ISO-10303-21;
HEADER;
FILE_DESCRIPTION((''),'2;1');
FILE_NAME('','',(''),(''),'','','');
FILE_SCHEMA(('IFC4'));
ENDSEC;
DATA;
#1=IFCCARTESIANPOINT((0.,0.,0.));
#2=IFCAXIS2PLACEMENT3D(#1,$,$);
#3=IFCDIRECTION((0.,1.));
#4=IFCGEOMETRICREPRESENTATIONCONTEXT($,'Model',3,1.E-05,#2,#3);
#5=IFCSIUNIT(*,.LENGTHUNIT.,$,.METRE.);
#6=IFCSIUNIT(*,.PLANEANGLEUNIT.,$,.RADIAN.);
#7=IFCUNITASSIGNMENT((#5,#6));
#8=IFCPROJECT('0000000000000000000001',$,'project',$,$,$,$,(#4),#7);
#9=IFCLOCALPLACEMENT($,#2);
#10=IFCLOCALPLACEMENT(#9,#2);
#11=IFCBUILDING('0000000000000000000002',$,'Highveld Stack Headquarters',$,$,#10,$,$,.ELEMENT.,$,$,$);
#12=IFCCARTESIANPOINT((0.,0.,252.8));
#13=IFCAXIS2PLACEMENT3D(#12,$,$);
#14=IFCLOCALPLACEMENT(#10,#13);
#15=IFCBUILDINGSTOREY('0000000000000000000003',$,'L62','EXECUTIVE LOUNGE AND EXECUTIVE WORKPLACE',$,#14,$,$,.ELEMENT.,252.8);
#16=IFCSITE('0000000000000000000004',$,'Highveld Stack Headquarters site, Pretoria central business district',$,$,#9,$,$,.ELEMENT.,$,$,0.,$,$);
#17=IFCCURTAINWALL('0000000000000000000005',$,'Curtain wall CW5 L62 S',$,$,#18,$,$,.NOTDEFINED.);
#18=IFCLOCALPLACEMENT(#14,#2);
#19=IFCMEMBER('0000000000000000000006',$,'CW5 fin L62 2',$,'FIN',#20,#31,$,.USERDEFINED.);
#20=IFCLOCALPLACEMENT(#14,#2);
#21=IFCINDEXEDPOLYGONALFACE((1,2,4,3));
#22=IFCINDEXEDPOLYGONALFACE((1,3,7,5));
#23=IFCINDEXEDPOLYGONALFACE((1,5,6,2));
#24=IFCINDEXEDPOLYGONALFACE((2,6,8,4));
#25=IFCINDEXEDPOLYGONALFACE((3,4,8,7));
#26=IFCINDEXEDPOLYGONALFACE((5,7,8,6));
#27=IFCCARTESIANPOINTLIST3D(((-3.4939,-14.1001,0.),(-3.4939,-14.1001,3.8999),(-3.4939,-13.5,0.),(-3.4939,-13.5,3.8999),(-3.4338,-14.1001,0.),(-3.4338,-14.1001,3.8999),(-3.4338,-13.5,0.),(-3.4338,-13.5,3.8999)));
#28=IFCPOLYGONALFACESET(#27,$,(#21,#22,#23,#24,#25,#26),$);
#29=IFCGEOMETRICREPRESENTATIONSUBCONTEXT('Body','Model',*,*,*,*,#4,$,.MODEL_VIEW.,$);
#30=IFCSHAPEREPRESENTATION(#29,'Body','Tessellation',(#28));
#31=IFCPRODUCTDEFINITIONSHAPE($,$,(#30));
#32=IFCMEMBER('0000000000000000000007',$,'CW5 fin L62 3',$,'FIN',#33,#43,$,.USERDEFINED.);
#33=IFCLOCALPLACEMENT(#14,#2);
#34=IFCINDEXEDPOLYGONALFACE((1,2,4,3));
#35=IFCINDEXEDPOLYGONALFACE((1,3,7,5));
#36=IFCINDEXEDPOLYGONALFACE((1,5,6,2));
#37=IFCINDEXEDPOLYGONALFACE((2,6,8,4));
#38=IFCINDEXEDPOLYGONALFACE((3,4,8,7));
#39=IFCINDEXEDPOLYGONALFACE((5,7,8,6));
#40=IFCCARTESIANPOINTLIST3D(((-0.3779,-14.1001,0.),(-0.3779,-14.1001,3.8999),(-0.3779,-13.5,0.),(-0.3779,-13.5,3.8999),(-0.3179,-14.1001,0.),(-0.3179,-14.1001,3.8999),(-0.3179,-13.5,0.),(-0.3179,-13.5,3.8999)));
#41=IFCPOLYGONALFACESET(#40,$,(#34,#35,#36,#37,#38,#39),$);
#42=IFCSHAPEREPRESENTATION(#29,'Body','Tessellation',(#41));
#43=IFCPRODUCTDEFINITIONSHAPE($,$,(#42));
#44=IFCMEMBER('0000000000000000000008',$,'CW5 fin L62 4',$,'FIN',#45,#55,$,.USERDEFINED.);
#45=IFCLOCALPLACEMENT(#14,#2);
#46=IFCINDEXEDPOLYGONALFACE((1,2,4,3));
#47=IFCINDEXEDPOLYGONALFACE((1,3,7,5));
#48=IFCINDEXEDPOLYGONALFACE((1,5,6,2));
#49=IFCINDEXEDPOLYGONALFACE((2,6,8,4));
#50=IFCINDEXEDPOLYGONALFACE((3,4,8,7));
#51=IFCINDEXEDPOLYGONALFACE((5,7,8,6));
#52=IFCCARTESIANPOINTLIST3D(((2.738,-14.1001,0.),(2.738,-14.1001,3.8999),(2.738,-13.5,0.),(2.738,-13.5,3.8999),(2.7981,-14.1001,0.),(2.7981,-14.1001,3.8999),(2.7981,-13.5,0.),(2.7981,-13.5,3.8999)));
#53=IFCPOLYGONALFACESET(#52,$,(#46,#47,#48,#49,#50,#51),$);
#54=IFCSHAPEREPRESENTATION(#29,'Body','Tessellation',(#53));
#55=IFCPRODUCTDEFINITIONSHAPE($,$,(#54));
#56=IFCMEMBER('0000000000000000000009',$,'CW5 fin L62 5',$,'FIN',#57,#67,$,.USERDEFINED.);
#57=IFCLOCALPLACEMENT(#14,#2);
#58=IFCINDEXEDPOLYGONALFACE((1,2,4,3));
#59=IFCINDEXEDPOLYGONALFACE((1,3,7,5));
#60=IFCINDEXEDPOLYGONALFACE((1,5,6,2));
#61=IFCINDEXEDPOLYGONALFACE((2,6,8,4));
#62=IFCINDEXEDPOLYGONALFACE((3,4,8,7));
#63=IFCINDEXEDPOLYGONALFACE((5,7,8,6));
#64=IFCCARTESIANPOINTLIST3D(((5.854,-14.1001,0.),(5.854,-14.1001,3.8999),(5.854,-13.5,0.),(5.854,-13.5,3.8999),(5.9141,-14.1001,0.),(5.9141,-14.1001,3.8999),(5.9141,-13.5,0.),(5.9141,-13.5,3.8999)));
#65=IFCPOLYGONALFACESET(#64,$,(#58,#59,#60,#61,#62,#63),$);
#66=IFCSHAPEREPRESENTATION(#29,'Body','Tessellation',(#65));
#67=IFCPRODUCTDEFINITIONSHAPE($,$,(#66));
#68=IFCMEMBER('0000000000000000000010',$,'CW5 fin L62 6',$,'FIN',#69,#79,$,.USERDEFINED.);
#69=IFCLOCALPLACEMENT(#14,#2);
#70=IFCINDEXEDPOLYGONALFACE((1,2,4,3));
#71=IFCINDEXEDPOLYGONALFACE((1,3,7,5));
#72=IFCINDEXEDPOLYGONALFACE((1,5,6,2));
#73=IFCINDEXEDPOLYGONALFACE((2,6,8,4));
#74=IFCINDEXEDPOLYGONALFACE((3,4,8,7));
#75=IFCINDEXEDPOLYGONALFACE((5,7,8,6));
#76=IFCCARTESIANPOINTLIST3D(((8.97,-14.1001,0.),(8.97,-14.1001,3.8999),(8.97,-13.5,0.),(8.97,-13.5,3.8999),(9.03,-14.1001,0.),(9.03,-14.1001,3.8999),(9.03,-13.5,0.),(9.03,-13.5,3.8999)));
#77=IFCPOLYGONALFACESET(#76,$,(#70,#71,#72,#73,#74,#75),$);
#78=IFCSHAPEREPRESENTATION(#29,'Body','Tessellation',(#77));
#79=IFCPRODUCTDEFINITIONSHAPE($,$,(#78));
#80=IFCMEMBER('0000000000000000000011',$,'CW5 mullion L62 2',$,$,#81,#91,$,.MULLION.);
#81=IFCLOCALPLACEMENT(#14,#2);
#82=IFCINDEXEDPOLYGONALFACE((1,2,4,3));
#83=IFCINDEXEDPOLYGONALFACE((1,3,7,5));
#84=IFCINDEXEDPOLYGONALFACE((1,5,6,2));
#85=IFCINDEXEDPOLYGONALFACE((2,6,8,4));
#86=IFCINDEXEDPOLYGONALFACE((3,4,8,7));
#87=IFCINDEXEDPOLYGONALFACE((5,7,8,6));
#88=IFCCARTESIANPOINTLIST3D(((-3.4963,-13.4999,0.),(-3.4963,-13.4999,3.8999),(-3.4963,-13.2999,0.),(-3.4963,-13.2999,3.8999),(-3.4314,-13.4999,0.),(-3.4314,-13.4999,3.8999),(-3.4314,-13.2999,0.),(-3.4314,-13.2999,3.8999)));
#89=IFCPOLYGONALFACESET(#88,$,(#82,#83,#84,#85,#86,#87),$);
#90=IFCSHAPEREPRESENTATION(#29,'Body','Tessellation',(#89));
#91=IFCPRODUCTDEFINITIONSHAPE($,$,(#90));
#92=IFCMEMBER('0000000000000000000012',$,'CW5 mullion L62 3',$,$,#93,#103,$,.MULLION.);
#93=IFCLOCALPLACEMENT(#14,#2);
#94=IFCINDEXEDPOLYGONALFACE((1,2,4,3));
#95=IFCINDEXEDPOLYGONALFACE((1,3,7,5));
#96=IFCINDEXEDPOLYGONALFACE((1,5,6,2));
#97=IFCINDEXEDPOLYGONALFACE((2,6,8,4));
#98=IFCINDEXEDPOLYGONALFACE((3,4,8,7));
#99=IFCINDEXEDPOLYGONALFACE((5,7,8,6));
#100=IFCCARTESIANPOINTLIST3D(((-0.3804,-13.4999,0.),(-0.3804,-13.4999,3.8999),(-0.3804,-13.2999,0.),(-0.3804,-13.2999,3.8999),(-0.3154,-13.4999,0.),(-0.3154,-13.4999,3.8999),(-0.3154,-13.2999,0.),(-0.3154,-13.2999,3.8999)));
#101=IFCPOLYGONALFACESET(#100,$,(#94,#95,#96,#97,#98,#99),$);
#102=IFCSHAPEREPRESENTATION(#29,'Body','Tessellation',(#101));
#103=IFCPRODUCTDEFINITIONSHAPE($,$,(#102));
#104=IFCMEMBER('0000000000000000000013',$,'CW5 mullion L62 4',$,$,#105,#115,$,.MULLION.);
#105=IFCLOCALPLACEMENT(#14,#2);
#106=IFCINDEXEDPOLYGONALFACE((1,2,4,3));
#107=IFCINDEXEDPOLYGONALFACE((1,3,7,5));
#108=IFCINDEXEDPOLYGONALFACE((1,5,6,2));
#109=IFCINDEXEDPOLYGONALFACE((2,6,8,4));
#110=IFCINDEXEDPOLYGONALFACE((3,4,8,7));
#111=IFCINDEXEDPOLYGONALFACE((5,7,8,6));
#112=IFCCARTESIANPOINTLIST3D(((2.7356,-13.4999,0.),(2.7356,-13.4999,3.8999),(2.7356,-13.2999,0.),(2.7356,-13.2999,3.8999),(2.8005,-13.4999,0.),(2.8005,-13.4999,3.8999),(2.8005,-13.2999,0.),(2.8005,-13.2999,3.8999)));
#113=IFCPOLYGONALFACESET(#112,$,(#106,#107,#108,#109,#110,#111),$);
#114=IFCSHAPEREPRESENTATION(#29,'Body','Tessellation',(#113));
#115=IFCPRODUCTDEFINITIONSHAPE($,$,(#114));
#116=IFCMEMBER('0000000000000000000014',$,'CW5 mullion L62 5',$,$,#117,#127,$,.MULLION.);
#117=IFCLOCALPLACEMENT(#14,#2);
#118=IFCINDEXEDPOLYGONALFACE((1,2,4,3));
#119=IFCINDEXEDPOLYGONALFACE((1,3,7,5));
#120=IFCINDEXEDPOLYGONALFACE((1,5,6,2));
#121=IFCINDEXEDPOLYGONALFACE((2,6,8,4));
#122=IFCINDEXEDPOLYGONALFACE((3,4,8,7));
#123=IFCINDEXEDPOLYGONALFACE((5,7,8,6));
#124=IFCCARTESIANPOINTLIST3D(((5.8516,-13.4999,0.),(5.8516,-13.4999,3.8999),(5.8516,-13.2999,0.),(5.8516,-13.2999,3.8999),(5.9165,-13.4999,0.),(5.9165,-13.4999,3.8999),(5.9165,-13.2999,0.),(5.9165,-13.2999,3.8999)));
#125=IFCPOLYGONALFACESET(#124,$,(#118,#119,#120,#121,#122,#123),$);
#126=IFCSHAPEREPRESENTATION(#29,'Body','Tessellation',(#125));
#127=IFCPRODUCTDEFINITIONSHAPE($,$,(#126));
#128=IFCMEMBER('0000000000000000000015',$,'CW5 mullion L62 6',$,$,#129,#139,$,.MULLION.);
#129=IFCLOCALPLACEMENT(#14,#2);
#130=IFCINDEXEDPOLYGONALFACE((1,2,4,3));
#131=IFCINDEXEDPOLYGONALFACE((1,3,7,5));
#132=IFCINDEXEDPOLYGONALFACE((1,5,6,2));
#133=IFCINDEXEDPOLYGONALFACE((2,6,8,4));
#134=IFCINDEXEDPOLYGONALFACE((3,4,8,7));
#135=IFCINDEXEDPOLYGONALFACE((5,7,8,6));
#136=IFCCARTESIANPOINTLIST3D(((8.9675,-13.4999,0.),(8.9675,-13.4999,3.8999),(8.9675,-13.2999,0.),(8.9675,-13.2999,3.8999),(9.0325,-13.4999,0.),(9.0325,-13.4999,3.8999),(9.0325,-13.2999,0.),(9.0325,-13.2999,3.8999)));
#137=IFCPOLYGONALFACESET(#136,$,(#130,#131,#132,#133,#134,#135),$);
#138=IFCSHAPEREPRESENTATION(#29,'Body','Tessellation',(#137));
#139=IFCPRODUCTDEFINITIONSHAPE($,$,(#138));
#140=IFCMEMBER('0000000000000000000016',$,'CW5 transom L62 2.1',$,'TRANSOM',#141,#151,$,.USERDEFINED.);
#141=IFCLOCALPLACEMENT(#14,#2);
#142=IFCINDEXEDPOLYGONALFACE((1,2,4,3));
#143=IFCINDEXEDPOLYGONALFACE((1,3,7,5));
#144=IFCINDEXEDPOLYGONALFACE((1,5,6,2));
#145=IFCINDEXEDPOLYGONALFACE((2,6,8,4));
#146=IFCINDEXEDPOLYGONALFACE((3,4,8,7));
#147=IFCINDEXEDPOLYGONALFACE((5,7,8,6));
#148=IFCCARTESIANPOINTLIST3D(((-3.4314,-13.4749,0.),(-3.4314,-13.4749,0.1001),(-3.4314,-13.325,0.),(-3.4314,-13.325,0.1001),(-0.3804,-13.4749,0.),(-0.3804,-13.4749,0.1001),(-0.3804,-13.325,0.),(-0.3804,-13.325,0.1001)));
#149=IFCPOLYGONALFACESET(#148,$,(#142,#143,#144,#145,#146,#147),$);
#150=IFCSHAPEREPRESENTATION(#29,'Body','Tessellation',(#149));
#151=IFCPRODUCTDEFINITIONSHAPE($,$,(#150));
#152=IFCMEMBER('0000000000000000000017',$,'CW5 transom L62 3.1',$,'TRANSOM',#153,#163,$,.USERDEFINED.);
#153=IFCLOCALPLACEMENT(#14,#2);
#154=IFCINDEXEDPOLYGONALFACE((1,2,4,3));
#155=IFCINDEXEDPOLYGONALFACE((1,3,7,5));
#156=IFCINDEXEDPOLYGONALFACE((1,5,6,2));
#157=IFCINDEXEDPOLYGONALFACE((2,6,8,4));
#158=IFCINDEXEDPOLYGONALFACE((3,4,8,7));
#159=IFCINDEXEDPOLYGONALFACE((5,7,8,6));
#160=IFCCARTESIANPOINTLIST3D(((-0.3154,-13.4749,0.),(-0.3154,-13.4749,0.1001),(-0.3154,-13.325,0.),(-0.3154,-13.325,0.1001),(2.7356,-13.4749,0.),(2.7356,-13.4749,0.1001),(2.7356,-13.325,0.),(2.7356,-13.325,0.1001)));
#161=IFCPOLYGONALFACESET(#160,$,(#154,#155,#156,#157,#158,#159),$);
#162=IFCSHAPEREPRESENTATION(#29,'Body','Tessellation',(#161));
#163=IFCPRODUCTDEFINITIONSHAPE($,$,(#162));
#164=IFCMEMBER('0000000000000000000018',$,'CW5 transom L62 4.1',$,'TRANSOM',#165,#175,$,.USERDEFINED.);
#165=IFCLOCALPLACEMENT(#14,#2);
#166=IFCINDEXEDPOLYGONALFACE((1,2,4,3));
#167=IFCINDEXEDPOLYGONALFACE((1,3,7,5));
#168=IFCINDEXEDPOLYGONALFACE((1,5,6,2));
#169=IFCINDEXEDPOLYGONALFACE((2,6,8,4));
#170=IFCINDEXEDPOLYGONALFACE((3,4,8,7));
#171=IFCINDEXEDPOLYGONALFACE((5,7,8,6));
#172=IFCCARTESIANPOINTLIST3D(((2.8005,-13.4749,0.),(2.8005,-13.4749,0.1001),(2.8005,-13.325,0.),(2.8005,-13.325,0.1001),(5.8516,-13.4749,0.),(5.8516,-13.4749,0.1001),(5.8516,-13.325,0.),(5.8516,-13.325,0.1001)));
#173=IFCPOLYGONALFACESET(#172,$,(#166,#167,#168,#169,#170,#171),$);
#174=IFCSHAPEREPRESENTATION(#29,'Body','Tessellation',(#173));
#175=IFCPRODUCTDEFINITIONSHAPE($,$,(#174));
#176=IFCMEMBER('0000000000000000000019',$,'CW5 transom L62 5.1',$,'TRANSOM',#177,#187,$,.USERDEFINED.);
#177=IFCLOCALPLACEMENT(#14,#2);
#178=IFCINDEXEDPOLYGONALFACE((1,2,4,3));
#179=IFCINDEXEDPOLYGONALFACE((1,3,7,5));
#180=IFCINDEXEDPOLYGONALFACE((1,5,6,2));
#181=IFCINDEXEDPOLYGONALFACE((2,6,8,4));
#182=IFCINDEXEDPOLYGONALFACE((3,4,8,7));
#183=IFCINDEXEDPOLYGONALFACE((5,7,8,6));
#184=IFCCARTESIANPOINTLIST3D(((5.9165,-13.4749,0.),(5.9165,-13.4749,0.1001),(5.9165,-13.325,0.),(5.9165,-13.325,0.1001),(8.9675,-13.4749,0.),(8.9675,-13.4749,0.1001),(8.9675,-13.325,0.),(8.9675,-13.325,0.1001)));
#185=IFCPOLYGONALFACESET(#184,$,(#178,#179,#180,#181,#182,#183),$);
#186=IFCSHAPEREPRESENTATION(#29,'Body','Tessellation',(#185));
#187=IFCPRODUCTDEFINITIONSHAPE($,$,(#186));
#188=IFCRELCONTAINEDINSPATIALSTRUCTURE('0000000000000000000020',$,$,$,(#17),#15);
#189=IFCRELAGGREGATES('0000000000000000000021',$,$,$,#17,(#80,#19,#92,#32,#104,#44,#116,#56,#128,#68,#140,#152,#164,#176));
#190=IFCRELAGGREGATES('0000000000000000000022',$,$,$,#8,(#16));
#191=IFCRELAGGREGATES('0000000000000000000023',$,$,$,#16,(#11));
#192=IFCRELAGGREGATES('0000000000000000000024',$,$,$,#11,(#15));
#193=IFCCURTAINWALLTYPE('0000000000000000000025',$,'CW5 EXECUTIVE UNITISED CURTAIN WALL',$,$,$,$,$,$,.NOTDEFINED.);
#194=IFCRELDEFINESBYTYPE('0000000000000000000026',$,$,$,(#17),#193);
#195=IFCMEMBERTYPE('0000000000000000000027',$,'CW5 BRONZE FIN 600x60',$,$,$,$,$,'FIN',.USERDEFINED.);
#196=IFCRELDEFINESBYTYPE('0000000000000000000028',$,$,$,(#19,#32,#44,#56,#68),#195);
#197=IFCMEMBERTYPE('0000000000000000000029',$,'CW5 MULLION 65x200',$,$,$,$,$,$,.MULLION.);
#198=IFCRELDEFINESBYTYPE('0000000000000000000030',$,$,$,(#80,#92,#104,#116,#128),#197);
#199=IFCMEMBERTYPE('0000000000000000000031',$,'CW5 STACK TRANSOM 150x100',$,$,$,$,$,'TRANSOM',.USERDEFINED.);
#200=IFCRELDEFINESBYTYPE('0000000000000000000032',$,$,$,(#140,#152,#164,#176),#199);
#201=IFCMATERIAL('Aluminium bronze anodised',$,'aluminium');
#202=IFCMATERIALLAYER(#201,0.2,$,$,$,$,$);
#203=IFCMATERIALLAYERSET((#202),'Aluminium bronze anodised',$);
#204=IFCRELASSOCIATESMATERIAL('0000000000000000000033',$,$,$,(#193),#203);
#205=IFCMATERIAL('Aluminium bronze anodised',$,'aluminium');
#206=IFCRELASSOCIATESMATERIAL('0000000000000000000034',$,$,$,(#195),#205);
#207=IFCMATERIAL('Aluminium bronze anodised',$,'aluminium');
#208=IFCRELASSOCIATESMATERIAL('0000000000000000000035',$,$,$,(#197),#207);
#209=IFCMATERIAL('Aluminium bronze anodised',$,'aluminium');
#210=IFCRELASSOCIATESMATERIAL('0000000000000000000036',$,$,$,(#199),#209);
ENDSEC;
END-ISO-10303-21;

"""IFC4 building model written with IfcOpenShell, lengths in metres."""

from ifc_helpers import new_model, si_unit, direction, frame, origin, origin_2d, place, context, subcontext, project, spatial, rectangle, extrude, material, layer, layer_set, material_profile, profile_set, type_object, element, aggregate, save


model = new_model("IFC4")

# Units and contexts
model_context = context("Model", 3, precision=1e-05, world=origin(), true_north=direction((0.0, 1.0)))
body_context = subcontext(model_context, "Body", "Model", "MODEL_VIEW")
ifc_project = project(units=[si_unit("LENGTHUNIT", "METRE"), si_unit("PLANEANGLEUNIT", "RADIAN")], contexts=[model_context])

# Site, building, storey
site_placement = place(None, origin())
site = spatial("IfcSite", under=ifc_project, at=site_placement, Name="Highveld Stack Headquarters site, Pretoria central business district", CompositionType="ELEMENT", RefElevation=0.0)
building_placement = place(site_placement, origin())
building = spatial("IfcBuilding", under=site, at=building_placement, Name="Highveld Stack Headquarters", CompositionType="ELEMENT")
storey_placement = place(building_placement, frame((0.0, 0.0, 252.8)))
storey = spatial("IfcBuildingStorey", under=building, at=storey_placement, Name="L62", Description="EXECUTIVE LOUNGE AND EXECUTIVE WORKPLACE", CompositionType="ELEMENT", Elevation=252.8)

# Curtain wall, members
ifc_material_1 = material(Name="Aluminium bronze anodised", Category="aluminium")
ifc_layer_1 = layer(ifc_material_1, 0.2)
ifc_layer_set_1 = layer_set([ifc_layer_1], Name="Aluminium bronze anodised")
curtain_wall_type = type_object("IfcCurtainWallType", Name="CW5 EXECUTIVE UNITISED CURTAIN WALL", PredefinedType="NOTDEFINED", material=ifc_layer_set_1)
curtain_wall_placement = place(storey_placement, origin())
curtain_wall = element("IfcCurtainWall", 1, at=curtain_wall_placement, inside=storey, type_object=curtain_wall_type, Name="Curtain wall CW5 L62 S", PredefinedType="NOTDEFINED")
ifc_material_2 = material(Name="Aluminium bronze anodised", Category="aluminium")
ifc_material_profile_1 = material_profile(ifc_material_2, rectangle(XDim=0.6001, YDim=0.0601, at=origin_2d()), Name="FIN 600x60")
ifc_profile_set_1 = profile_set([ifc_material_profile_1], Name="Aluminium bronze anodised")
member_type_1 = type_object("IfcMemberType", Name="CW5 BRONZE FIN 600x60", ElementType="FIN", PredefinedType="USERDEFINED", material=ifc_profile_set_1)
member_1_placement = place(storey_placement, frame((-3.4639, -13.8, 0.0), z_axis=(0.0, 0.0, 1.0), x_axis=(0.0, 1.0, 0.0)))
member_1 = element("IfcMember", 2, at=member_1_placement, type_object=member_type_1, Name="CW5 fin L62 2", ObjectType="FIN", PredefinedType="USERDEFINED", context=body_context, shape_type="SweptSolid", body=[
    extrude(rectangle(XDim=0.6001, YDim=0.0601, at=origin_2d()), origin(), (0.0, 0.0, 1.0), 3.8999),
])
member_2_placement = place(storey_placement, frame((-0.3479, -13.8, 0.0), z_axis=(0.0, 0.0, 1.0), x_axis=(0.0, 1.0, 0.0)))
member_2 = element("IfcMember", 3, at=member_2_placement, type_object=member_type_1, Name="CW5 fin L62 3", ObjectType="FIN", PredefinedType="USERDEFINED", context=body_context, shape_type="SweptSolid", body=[
    extrude(rectangle(XDim=0.6001, YDim=0.0601, at=origin_2d()), origin(), (0.0, 0.0, 1.0), 3.8999),
])
member_3_placement = place(storey_placement, frame((2.7681, -13.8, 0.0), z_axis=(0.0, 0.0, 1.0), x_axis=(0.0, 1.0, 0.0)))
member_3 = element("IfcMember", 4, at=member_3_placement, type_object=member_type_1, Name="CW5 fin L62 4", ObjectType="FIN", PredefinedType="USERDEFINED", context=body_context, shape_type="SweptSolid", body=[
    extrude(rectangle(XDim=0.6001, YDim=0.0601, at=origin_2d()), origin(), (0.0, 0.0, 1.0), 3.8999),
])
member_4_placement = place(storey_placement, frame((5.884, -13.8, 0.0), z_axis=(0.0, 0.0, 1.0), x_axis=(0.0, 1.0, 0.0)))
member_4 = element("IfcMember", 5, at=member_4_placement, type_object=member_type_1, Name="CW5 fin L62 5", ObjectType="FIN", PredefinedType="USERDEFINED", context=body_context, shape_type="SweptSolid", body=[
    extrude(rectangle(XDim=0.6001, YDim=0.0601, at=origin_2d()), origin(), (0.0, 0.0, 1.0), 3.8999),
])
member_5_placement = place(storey_placement, frame((9.0, -13.8, 0.0), z_axis=(0.0, 0.0, 1.0), x_axis=(0.0, 1.0, 0.0)))
member_5 = element("IfcMember", 6, at=member_5_placement, type_object=member_type_1, Name="CW5 fin L62 6", ObjectType="FIN", PredefinedType="USERDEFINED", context=body_context, shape_type="SweptSolid", body=[
    extrude(rectangle(XDim=0.6001, YDim=0.0601, at=origin_2d()), origin(), (0.0, 0.0, 1.0), 3.8999),
])
ifc_material_3 = material(Name="Aluminium bronze anodised", Category="aluminium")
ifc_material_profile_2 = material_profile(ifc_material_3, rectangle(XDim=0.2, YDim=0.0649, at=origin_2d()), Name="CW5 MULLION 65x200")
ifc_profile_set_2 = profile_set([ifc_material_profile_2], Name="Aluminium bronze anodised")
member_type_2 = type_object("IfcMemberType", Name="CW5 MULLION 65x200", PredefinedType="MULLION", material=ifc_profile_set_2)
member_6_placement = place(storey_placement, frame((-3.4639, -13.3999, 0.0), z_axis=(0.0, 0.0, 1.0), x_axis=(0.0, 1.0, 0.0)))
member_6 = element("IfcMember", 7, at=member_6_placement, type_object=member_type_2, Name="CW5 mullion L62 2", PredefinedType="MULLION", context=body_context, shape_type="SweptSolid", body=[
    extrude(rectangle(XDim=0.2, YDim=0.0649, at=origin_2d()), origin(), (0.0, 0.0, 1.0), 3.8999),
])
member_7_placement = place(storey_placement, frame((-0.3479, -13.3999, 0.0), z_axis=(0.0, 0.0, 1.0), x_axis=(0.0, 1.0, 0.0)))
member_7 = element("IfcMember", 8, at=member_7_placement, type_object=member_type_2, Name="CW5 mullion L62 3", PredefinedType="MULLION", context=body_context, shape_type="SweptSolid", body=[
    extrude(rectangle(XDim=0.2, YDim=0.0649, at=origin_2d()), origin(), (0.0, 0.0, 1.0), 3.8999),
])
member_8_placement = place(storey_placement, frame((2.7681, -13.3999, 0.0), z_axis=(0.0, 0.0, 1.0), x_axis=(0.0, 1.0, 0.0)))
member_8 = element("IfcMember", 9, at=member_8_placement, type_object=member_type_2, Name="CW5 mullion L62 4", PredefinedType="MULLION", context=body_context, shape_type="SweptSolid", body=[
    extrude(rectangle(XDim=0.2, YDim=0.0649, at=origin_2d()), origin(), (0.0, 0.0, 1.0), 3.8999),
])
member_9_placement = place(storey_placement, frame((5.884, -13.3999, 0.0), z_axis=(0.0, 0.0, 1.0), x_axis=(0.0, 1.0, 0.0)))
member_9 = element("IfcMember", 10, at=member_9_placement, type_object=member_type_2, Name="CW5 mullion L62 5", PredefinedType="MULLION", context=body_context, shape_type="SweptSolid", body=[
    extrude(rectangle(XDim=0.2, YDim=0.0649, at=origin_2d()), origin(), (0.0, 0.0, 1.0), 3.8999),
])
member_10_placement = place(storey_placement, frame((9.0, -13.3999, 0.0), z_axis=(0.0, 0.0, 1.0), x_axis=(0.0, 1.0, 0.0)))
member_10 = element("IfcMember", 11, at=member_10_placement, type_object=member_type_2, Name="CW5 mullion L62 6", PredefinedType="MULLION", context=body_context, shape_type="SweptSolid", body=[
    extrude(rectangle(XDim=0.2, YDim=0.0649, at=origin_2d()), origin(), (0.0, 0.0, 1.0), 3.8999),
])
ifc_material_4 = material(Name="Aluminium bronze anodised", Category="aluminium")
ifc_material_profile_3 = material_profile(ifc_material_4, rectangle(XDim=0.1499, YDim=0.1001, at=origin_2d()), Name="CW5 TRANSOM 150x100")
ifc_profile_set_3 = profile_set([ifc_material_profile_3], Name="Aluminium bronze anodised")
member_type_3 = type_object("IfcMemberType", Name="CW5 STACK TRANSOM 150x100", ElementType="TRANSOM", PredefinedType="USERDEFINED", material=ifc_profile_set_3)
member_11_placement = place(storey_placement, frame((-3.4314, -13.3999, 0.05), z_axis=(1.0, 0.0, 0.0), x_axis=(0.0, 1.0, 0.0)))
member_11 = element("IfcMember", 12, at=member_11_placement, type_object=member_type_3, Name="CW5 transom L62 2.1", ObjectType="TRANSOM", PredefinedType="USERDEFINED", context=body_context, shape_type="SweptSolid", body=[
    extrude(rectangle(XDim=0.1499, YDim=0.1001, at=origin_2d()), origin(), (0.0, 0.0, 1.0), 3.051),
])
member_12_placement = place(storey_placement, frame((-0.3154, -13.3999, 0.05), z_axis=(1.0, 0.0, 0.0), x_axis=(0.0, 1.0, 0.0)))
member_12 = element("IfcMember", 13, at=member_12_placement, type_object=member_type_3, Name="CW5 transom L62 3.1", ObjectType="TRANSOM", PredefinedType="USERDEFINED", context=body_context, shape_type="SweptSolid", body=[
    extrude(rectangle(XDim=0.1499, YDim=0.1001, at=origin_2d()), origin(), (0.0, 0.0, 1.0), 3.051),
])
member_13_placement = place(storey_placement, frame((2.8005, -13.3999, 0.05), z_axis=(1.0, 0.0, 0.0), x_axis=(0.0, 1.0, 0.0)))
member_13 = element("IfcMember", 14, at=member_13_placement, type_object=member_type_3, Name="CW5 transom L62 4.1", ObjectType="TRANSOM", PredefinedType="USERDEFINED", context=body_context, shape_type="SweptSolid", body=[
    extrude(rectangle(XDim=0.1499, YDim=0.1001, at=origin_2d()), origin(), (0.0, 0.0, 1.0), 3.051),
])
member_14_placement = place(storey_placement, frame((5.9165, -13.3999, 0.05), z_axis=(1.0, 0.0, 0.0), x_axis=(0.0, 1.0, 0.0)))
member_14 = element("IfcMember", 15, at=member_14_placement, type_object=member_type_3, Name="CW5 transom L62 5.1", ObjectType="TRANSOM", PredefinedType="USERDEFINED", context=body_context, shape_type="SweptSolid", body=[
    extrude(rectangle(XDim=0.1499, YDim=0.1001, at=origin_2d()), origin(), (0.0, 0.0, 1.0), 3.051),
])
aggregate(curtain_wall, [member_6, member_1, member_7, member_2, member_8, member_3, member_9, member_4, member_10, member_5, member_11, member_12, member_13, member_14])

save(model, "model.ifc")
